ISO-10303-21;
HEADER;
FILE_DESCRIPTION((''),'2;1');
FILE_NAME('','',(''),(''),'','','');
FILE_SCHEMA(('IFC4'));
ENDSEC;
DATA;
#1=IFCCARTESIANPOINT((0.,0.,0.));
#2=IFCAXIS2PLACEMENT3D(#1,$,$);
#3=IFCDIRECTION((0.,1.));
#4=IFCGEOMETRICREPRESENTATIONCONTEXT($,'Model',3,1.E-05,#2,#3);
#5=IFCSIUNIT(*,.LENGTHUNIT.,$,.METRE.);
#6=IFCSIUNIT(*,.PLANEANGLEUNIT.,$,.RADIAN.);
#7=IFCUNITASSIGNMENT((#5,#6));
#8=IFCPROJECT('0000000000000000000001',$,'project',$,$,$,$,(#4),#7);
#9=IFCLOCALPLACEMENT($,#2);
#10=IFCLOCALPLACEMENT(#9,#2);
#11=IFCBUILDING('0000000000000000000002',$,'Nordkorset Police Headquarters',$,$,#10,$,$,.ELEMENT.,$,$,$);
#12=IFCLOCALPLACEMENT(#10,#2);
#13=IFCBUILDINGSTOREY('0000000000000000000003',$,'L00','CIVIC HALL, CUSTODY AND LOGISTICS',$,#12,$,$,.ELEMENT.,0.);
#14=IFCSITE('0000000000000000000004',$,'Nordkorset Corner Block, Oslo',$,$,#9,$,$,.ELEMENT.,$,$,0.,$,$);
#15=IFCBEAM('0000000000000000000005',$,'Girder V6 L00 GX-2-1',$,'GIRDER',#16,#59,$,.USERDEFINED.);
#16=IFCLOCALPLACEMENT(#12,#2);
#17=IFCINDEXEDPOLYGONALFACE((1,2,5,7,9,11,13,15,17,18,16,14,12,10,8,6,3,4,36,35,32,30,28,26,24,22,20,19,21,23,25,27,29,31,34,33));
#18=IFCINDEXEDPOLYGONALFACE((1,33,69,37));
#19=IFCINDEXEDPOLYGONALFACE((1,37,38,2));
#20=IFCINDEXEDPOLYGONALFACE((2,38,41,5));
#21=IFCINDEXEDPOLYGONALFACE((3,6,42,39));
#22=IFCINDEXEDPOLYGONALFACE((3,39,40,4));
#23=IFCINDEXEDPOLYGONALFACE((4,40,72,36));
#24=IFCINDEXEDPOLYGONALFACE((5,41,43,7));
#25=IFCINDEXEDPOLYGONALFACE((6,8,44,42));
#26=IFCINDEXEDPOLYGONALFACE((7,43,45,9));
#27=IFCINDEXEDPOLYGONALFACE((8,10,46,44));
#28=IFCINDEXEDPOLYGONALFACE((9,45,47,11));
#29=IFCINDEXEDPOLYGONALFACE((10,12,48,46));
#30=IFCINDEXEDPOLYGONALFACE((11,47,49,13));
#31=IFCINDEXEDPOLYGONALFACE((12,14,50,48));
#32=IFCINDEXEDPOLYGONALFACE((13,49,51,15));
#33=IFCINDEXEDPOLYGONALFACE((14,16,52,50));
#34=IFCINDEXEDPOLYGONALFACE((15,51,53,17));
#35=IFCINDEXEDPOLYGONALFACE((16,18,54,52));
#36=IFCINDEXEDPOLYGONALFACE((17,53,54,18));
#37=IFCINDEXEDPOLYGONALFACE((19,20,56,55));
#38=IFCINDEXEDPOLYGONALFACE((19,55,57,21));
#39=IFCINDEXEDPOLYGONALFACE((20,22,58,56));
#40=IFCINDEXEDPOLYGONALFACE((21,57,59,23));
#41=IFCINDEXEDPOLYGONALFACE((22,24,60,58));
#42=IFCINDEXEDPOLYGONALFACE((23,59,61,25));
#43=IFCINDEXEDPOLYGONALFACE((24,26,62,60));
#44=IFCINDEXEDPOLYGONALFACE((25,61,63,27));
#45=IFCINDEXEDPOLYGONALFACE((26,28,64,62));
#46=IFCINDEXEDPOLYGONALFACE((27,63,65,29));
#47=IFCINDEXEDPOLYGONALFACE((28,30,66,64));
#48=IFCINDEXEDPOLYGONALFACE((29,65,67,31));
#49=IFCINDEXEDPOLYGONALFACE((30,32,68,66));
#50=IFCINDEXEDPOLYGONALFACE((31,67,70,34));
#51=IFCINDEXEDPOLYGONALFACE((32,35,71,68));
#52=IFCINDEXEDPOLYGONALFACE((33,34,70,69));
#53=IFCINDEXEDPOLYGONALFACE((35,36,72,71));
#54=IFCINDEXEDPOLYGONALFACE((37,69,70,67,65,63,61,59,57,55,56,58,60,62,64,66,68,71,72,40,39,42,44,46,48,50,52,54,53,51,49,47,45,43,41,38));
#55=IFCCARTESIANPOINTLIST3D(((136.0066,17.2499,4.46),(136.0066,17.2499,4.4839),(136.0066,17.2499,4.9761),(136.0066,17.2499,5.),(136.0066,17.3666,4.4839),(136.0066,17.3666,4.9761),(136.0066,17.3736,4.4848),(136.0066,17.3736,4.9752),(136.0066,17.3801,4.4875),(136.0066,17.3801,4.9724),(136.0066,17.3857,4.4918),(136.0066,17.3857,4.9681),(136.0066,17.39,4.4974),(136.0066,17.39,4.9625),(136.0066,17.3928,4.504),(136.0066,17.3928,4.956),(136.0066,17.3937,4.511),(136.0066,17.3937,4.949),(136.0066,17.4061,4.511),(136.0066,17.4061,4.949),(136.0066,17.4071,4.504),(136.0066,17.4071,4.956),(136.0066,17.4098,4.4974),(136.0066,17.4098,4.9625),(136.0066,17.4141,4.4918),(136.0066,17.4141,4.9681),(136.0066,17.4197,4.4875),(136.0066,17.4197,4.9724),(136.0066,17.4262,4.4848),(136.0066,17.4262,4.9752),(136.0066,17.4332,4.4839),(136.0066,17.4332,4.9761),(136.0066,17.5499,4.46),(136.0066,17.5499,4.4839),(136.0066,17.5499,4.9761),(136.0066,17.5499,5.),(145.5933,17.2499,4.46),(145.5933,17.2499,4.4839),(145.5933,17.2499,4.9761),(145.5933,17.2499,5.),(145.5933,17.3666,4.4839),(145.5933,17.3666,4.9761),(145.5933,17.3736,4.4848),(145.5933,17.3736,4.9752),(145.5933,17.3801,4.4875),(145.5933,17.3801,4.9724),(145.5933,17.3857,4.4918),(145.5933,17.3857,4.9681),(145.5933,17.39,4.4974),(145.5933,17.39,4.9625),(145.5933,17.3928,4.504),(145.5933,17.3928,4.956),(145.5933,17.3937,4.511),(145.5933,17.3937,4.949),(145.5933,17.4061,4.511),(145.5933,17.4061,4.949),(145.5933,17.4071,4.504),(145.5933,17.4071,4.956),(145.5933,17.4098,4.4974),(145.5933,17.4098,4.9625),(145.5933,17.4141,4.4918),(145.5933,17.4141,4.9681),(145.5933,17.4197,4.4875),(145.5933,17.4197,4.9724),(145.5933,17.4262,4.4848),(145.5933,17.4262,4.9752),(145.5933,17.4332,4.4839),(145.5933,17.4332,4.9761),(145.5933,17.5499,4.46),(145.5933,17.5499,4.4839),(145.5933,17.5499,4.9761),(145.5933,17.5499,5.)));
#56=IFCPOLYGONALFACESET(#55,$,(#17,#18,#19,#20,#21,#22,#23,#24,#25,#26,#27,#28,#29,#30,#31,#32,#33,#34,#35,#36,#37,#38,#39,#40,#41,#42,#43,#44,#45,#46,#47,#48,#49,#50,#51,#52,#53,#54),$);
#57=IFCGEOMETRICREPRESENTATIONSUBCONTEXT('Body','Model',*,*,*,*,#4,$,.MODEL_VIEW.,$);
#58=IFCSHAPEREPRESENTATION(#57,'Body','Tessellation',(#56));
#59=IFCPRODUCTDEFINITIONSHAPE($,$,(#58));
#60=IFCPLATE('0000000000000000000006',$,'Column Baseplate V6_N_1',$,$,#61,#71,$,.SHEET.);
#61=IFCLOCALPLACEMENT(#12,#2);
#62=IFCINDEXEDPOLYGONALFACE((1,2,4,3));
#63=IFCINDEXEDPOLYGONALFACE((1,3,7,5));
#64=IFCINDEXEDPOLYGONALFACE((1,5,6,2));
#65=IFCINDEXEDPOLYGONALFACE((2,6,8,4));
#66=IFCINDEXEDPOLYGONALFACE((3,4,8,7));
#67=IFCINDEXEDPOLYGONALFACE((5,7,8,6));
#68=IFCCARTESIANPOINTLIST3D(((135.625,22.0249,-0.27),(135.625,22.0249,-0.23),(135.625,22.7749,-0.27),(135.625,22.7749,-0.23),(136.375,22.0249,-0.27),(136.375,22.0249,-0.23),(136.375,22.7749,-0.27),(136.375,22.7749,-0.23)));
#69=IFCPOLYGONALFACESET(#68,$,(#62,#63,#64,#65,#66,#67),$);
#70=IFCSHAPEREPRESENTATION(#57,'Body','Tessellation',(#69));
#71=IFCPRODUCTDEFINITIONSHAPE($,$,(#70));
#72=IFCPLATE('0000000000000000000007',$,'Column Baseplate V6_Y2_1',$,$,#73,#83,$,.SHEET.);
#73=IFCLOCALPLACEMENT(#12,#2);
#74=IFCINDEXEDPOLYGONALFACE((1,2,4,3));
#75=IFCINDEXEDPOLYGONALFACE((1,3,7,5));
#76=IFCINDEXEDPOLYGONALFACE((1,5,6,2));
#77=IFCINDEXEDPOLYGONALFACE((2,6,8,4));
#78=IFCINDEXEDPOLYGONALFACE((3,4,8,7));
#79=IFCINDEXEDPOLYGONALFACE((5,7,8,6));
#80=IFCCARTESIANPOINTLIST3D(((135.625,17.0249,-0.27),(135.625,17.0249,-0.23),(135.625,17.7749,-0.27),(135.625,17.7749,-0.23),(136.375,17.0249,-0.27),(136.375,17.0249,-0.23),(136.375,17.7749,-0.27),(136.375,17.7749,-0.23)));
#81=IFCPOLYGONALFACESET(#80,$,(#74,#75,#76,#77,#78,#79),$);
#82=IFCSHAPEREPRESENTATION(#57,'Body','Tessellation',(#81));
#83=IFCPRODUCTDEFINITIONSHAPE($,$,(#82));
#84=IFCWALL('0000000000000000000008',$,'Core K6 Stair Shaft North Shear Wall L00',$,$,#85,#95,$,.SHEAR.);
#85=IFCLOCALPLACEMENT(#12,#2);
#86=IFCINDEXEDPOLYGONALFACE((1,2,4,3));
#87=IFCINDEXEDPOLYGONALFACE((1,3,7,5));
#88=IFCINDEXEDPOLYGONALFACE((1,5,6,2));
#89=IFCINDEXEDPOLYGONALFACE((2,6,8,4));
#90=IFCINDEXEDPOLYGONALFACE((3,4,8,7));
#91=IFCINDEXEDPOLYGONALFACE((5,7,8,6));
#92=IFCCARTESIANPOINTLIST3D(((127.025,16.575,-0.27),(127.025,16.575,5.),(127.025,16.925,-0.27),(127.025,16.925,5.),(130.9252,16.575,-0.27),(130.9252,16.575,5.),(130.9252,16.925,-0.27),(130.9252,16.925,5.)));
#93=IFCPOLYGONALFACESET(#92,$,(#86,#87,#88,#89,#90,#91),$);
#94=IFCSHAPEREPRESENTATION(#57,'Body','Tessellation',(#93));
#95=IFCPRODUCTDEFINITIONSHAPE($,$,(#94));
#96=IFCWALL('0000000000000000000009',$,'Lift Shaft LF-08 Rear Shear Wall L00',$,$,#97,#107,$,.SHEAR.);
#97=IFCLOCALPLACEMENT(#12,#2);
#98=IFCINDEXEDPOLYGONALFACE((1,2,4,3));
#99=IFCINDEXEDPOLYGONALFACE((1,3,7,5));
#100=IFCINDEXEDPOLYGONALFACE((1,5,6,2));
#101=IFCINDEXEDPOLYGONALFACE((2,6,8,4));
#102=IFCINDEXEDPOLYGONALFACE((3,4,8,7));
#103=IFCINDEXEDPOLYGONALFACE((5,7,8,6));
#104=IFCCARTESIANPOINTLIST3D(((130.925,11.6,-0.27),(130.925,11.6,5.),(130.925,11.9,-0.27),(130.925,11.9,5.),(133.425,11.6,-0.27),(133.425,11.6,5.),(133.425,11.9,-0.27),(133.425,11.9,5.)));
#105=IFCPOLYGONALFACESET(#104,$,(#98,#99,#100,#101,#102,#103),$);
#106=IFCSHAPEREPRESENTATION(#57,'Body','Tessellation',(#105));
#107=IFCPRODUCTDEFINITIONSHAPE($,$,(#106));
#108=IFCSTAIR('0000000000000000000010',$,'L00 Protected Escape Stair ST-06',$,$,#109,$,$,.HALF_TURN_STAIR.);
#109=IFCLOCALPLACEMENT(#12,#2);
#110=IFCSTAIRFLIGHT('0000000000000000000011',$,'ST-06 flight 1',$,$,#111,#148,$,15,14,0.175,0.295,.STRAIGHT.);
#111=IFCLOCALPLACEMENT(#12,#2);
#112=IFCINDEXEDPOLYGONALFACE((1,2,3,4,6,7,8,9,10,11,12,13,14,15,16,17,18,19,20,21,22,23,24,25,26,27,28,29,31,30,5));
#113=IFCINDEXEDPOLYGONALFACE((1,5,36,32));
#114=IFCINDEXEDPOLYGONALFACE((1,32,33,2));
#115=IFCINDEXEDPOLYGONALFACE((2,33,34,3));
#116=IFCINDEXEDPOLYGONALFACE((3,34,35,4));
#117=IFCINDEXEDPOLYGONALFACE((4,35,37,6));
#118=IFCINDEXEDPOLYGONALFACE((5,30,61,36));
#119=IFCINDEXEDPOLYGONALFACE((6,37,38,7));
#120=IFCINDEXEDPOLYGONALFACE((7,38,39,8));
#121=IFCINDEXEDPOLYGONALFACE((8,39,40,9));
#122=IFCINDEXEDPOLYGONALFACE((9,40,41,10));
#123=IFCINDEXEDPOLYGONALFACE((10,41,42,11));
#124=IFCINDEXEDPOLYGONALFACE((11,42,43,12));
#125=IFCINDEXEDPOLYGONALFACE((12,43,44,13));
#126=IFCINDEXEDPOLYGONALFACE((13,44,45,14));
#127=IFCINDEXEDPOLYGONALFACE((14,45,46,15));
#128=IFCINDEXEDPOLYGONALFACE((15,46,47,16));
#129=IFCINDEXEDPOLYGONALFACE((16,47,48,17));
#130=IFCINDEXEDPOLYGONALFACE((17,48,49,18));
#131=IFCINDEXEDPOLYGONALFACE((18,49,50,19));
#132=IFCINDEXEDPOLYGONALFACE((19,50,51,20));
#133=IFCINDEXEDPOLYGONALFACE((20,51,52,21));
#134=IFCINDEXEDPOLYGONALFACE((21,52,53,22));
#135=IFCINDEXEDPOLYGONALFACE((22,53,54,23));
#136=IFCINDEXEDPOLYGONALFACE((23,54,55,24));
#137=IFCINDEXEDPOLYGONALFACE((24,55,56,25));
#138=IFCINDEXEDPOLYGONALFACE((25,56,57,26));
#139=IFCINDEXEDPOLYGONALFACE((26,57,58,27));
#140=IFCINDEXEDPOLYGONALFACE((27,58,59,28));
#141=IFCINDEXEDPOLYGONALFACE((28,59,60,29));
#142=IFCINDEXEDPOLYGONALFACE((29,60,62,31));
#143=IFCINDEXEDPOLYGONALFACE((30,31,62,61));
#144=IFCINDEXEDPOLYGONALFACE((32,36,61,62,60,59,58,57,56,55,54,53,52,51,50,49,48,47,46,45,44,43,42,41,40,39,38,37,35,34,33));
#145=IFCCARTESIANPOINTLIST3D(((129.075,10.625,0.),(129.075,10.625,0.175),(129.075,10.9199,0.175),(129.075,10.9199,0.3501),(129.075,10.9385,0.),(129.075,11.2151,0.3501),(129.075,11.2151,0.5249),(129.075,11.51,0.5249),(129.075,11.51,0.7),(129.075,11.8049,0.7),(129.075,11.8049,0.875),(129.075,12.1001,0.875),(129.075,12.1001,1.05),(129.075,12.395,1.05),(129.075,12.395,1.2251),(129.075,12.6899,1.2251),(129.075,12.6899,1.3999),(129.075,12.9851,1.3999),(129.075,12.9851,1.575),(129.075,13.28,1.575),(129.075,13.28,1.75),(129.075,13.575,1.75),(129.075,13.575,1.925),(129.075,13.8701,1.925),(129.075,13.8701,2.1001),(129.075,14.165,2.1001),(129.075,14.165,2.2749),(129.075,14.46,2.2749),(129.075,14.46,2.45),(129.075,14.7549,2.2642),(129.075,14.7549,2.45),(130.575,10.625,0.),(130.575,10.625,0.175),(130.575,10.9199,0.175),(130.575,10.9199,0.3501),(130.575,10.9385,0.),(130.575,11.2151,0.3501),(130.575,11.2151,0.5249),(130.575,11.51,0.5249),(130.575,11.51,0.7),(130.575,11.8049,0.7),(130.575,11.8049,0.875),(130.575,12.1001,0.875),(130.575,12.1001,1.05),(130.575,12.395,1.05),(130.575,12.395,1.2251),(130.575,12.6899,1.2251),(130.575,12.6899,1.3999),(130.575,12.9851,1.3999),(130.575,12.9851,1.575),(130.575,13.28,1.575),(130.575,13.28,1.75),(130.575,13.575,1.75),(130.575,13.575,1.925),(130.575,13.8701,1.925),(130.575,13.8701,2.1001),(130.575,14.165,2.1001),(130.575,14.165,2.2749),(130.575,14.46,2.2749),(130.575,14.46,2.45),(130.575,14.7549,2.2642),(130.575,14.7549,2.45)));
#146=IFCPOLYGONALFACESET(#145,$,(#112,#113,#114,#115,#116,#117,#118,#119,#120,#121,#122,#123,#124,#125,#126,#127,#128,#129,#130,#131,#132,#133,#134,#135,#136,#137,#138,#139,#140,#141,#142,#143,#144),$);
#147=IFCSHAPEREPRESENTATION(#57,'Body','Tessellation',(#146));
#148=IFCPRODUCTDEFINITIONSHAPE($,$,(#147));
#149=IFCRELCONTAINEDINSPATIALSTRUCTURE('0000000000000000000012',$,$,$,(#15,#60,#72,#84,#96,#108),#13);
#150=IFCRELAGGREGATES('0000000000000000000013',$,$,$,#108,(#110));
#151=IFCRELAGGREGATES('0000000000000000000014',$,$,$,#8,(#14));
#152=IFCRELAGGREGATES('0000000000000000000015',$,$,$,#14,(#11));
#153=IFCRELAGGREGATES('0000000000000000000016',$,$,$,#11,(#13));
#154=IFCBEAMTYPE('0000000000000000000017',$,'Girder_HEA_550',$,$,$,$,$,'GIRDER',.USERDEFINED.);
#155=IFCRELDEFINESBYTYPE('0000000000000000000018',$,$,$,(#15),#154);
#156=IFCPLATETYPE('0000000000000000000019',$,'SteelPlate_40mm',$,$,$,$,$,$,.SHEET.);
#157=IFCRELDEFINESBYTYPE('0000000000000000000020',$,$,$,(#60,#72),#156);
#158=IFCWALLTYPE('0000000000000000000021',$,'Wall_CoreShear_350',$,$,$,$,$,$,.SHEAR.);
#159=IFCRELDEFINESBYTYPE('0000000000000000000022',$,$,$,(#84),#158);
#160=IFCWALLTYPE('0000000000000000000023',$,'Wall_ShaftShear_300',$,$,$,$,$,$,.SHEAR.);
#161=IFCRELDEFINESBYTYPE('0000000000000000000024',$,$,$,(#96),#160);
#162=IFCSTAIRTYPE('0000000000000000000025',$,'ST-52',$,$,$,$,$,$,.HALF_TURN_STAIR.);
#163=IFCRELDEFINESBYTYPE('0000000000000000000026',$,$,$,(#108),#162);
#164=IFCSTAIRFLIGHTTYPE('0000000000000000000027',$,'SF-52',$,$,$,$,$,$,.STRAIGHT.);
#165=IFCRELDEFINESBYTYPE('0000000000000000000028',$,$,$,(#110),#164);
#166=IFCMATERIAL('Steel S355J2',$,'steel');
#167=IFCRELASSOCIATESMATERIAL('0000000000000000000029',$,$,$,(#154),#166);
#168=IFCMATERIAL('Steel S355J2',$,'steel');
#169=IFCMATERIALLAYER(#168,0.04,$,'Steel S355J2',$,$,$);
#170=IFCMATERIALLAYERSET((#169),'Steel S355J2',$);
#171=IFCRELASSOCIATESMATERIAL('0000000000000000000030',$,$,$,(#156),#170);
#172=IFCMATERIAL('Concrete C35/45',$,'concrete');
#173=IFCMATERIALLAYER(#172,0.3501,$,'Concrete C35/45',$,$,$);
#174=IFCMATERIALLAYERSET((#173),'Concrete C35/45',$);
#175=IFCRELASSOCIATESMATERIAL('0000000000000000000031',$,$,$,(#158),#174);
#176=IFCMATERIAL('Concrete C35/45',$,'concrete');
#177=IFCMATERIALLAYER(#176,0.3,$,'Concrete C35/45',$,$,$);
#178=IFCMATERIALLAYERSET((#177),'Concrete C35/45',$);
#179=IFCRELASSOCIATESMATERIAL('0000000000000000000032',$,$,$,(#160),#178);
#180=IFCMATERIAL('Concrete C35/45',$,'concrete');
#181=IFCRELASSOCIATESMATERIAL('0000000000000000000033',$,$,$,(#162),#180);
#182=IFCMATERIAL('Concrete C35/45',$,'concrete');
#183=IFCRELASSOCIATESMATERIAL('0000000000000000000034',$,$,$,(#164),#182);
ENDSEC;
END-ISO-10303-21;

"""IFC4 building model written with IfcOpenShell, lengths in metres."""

from ifc_helpers import new_model, si_unit, direction, frame, frame_2d, origin, origin_2d, place, context, subcontext, project, spatial, polyline, rectangle, i_section, outline, extrude, material, layer, layer_set, material_profile, profile_set, type_object, element, aggregate, save


model = new_model("IFC4")

# Units and contexts
model_context = context("Model", 3, precision=1e-05, world=origin(), true_north=direction((0.0, 1.0)))
body_context = subcontext(model_context, "Body", "Model", "MODEL_VIEW")
ifc_project = project(units=[si_unit("LENGTHUNIT", "METRE"), si_unit("PLANEANGLEUNIT", "RADIAN")], contexts=[model_context])

# Site, building, storey
site_placement = place(None, origin())
site = spatial("IfcSite", under=ifc_project, at=site_placement, Name="Nordkorset Corner Block, Oslo", CompositionType="ELEMENT", RefElevation=0.0)
building_placement = place(site_placement, origin())
building = spatial("IfcBuilding", under=site, at=building_placement, Name="Nordkorset Police Headquarters", CompositionType="ELEMENT")
storey_placement = place(building_placement, origin())
storey = spatial("IfcBuildingStorey", under=building, at=storey_placement, Name="L00", Description="CIVIC HALL, CUSTODY AND LOGISTICS", CompositionType="ELEMENT", Elevation=0.0)

# Beam
ifc_material_1 = material(Name="Steel S355J2", Category="steel")
ifc_material_profile_1 = material_profile(ifc_material_1, i_section(OverallWidth=0.3, OverallDepth=0.54, WebThickness=0.0125, FlangeThickness=0.0239, FilletRadius=0.0271, at=origin_2d()), Name="HEA 550")
ifc_profile_set_1 = profile_set([ifc_material_profile_1], Name="Steel S355J2")
beam_type_1 = type_object("IfcBeamType", Name="Girder_HEA_550", ElementType="GIRDER", PredefinedType="USERDEFINED", material=ifc_profile_set_1)
beam_1_placement = place(storey_placement, frame((136.0066, 17.3999, 4.73), z_axis=(1.0, 0.0, 0.0), x_axis=(0.0, 1.0, 0.0)))
element("IfcBeam", 1, at=beam_1_placement, inside=storey, type_object=beam_type_1, Name="Girder V6 L00 GX-2-1", ObjectType="GIRDER", PredefinedType="USERDEFINED", context=body_context, shape_type="SweptSolid", body=[
    extrude(i_section(OverallWidth=0.3, OverallDepth=0.54, WebThickness=0.0125, FlangeThickness=0.0239, FilletRadius=0.0271, at=origin_2d()), origin(), (0.0, 0.0, 1.0), 9.5867),
])

# Plates
ifc_material_2 = material(Name="Steel S355J2", Category="steel")
ifc_layer_1 = layer(ifc_material_2, 0.04, Name="Steel S355J2")
ifc_layer_set_1 = layer_set([ifc_layer_1], Name="Steel S355J2")
plate_type = type_object("IfcPlateType", Name="SteelPlate_40mm", PredefinedType="SHEET", material=ifc_layer_set_1)
for number, where, z_axis, x_axis, name in (
    (2, (136.0, 22.3999, -0.27), (0.0, 0.0, 1.0), (1.0, 0.0, 0.0), "Column Baseplate V6_N_1"),
    (3, (136.0, 17.3999, -0.27), (0.0, 0.0, 1.0), (1.0, 0.0, 0.0), "Column Baseplate V6_Y2_1"),
):
    element("IfcPlate", number, at=place(storey_placement, frame(where, z_axis=z_axis, x_axis=x_axis)), inside=storey, type_object=plate_type, Name=name, PredefinedType="SHEET", context=body_context, shape_type="SweptSolid", body=[
        extrude(rectangle(XDim=0.75, YDim=0.75, at=origin_2d()), origin(), (0.0, 0.0, 1.0), 0.04),
    ])

# Walls
ifc_material_3 = material(Name="Concrete C35/45", Category="concrete")
ifc_layer_2 = layer(ifc_material_3, 0.3501, Name="Concrete C35/45")
ifc_layer_set_2 = layer_set([ifc_layer_2], Name="Concrete C35/45")
wall_type_1 = type_object("IfcWallType", Name="Wall_CoreShear_350", PredefinedType="SHEAR", material=ifc_layer_set_2)
wall_1_placement = place(storey_placement, frame((127.0249, 16.75, -0.27), z_axis=(0.0, 0.0, 1.0), x_axis=(1.0, 0.0, 0.0)))
element("IfcWall", 4, at=wall_1_placement, inside=storey, type_object=wall_type_1, Name="Core K6 Stair Shaft North Shear Wall L00", PredefinedType="SHEAR", context=body_context, shape_type="SweptSolid", body=[
    extrude(rectangle(XDim=3.9001, YDim=0.3501, at=frame_2d((1.9502, 0.0))), origin(), (0.0, 0.0, 1.0), 5.27),
])
ifc_material_4 = material(Name="Concrete C35/45", Category="concrete")
ifc_layer_3 = layer(ifc_material_4, 0.3, Name="Concrete C35/45")
ifc_layer_set_3 = layer_set([ifc_layer_3], Name="Concrete C35/45")
wall_type_2 = type_object("IfcWallType", Name="Wall_ShaftShear_300", PredefinedType="SHEAR", material=ifc_layer_set_3)
wall_2_placement = place(storey_placement, frame((130.925, 11.75, -0.27), z_axis=(0.0, 0.0, 1.0), x_axis=(1.0, 0.0, 0.0)))
element("IfcWall", 5, at=wall_2_placement, inside=storey, type_object=wall_type_2, Name="Lift Shaft LF-08 Rear Shear Wall L00", PredefinedType="SHEAR", context=body_context, shape_type="SweptSolid", body=[
    extrude(rectangle(XDim=2.5, YDim=0.3, at=frame_2d((1.25, 0.0))), origin(), (0.0, 0.0, 1.0), 5.27),
])

# Stair, stair flight
ifc_material_5 = material(Name="Concrete C35/45", Category="concrete")
stair_type = type_object("IfcStairType", Name="ST-52", PredefinedType="HALF_TURN_STAIR", material=ifc_material_5)
stair_placement = place(storey_placement, origin())
stair = element("IfcStair", 6, at=stair_placement, inside=storey, type_object=stair_type, Name="L00 Protected Escape Stair ST-06", PredefinedType="HALF_TURN_STAIR")
ifc_material_6 = material(Name="Concrete C35/45", Category="concrete")
stair_flight_type = type_object("IfcStairFlightType", Name="SF-52", PredefinedType="STRAIGHT", material=ifc_material_6)
stair_flight_1_placement = place(storey_placement, frame((129.825, 10.625, 0.0), z_axis=(0.0, 0.0, 1.0), x_axis=(0.0, 1.0, 0.0)))
stair_flight_1 = element("IfcStairFlight", 7, at=stair_flight_1_placement, type_object=stair_flight_type, Name="ST-06 flight 1", NumberOfRisers=15, NumberOfTreads=14, PredefinedType="STRAIGHT", RiserHeight=0.175, TreadLength=0.295, context=body_context, shape_type="SweptSolid", body=[
    extrude(outline(polyline([(0.0, 0.0), (0.0, 0.175), (0.2949, 0.175), (0.2949, 0.3501), (0.5901, 0.3501), (0.5901, 0.5249), (0.885, 0.5249), (0.885, 0.7), (1.1799, 0.7), (1.1799, 0.875), (1.4751, 0.875), (1.4751, 1.05), (1.77, 1.05), (1.77, 1.2251), (2.0649, 1.2251), (2.0649, 1.3999), (2.3601, 1.3999), (2.3601, 1.575), (2.655, 1.575), (2.655, 1.75), (2.95, 1.75), (2.95, 1.925), (3.2451, 1.925), (3.2451, 2.1001), (3.54, 2.1001), (3.54, 2.2749), (3.835, 2.2749), (3.835, 2.45), (4.1299, 2.45), (4.1299, 2.625), (4.1299, 2.2642), (0.3135, 0.0), (0.0, 0.0)])), frame((0.0, 0.75, 0.0), z_axis=(0.0, -1.0, 0.0), x_axis=(1.0, 0.0, 0.0)), (0.0, 0.0, 1.0), 1.5),
])
aggregate(stair, [stair_flight_1])

save(model, "model.ifc")
